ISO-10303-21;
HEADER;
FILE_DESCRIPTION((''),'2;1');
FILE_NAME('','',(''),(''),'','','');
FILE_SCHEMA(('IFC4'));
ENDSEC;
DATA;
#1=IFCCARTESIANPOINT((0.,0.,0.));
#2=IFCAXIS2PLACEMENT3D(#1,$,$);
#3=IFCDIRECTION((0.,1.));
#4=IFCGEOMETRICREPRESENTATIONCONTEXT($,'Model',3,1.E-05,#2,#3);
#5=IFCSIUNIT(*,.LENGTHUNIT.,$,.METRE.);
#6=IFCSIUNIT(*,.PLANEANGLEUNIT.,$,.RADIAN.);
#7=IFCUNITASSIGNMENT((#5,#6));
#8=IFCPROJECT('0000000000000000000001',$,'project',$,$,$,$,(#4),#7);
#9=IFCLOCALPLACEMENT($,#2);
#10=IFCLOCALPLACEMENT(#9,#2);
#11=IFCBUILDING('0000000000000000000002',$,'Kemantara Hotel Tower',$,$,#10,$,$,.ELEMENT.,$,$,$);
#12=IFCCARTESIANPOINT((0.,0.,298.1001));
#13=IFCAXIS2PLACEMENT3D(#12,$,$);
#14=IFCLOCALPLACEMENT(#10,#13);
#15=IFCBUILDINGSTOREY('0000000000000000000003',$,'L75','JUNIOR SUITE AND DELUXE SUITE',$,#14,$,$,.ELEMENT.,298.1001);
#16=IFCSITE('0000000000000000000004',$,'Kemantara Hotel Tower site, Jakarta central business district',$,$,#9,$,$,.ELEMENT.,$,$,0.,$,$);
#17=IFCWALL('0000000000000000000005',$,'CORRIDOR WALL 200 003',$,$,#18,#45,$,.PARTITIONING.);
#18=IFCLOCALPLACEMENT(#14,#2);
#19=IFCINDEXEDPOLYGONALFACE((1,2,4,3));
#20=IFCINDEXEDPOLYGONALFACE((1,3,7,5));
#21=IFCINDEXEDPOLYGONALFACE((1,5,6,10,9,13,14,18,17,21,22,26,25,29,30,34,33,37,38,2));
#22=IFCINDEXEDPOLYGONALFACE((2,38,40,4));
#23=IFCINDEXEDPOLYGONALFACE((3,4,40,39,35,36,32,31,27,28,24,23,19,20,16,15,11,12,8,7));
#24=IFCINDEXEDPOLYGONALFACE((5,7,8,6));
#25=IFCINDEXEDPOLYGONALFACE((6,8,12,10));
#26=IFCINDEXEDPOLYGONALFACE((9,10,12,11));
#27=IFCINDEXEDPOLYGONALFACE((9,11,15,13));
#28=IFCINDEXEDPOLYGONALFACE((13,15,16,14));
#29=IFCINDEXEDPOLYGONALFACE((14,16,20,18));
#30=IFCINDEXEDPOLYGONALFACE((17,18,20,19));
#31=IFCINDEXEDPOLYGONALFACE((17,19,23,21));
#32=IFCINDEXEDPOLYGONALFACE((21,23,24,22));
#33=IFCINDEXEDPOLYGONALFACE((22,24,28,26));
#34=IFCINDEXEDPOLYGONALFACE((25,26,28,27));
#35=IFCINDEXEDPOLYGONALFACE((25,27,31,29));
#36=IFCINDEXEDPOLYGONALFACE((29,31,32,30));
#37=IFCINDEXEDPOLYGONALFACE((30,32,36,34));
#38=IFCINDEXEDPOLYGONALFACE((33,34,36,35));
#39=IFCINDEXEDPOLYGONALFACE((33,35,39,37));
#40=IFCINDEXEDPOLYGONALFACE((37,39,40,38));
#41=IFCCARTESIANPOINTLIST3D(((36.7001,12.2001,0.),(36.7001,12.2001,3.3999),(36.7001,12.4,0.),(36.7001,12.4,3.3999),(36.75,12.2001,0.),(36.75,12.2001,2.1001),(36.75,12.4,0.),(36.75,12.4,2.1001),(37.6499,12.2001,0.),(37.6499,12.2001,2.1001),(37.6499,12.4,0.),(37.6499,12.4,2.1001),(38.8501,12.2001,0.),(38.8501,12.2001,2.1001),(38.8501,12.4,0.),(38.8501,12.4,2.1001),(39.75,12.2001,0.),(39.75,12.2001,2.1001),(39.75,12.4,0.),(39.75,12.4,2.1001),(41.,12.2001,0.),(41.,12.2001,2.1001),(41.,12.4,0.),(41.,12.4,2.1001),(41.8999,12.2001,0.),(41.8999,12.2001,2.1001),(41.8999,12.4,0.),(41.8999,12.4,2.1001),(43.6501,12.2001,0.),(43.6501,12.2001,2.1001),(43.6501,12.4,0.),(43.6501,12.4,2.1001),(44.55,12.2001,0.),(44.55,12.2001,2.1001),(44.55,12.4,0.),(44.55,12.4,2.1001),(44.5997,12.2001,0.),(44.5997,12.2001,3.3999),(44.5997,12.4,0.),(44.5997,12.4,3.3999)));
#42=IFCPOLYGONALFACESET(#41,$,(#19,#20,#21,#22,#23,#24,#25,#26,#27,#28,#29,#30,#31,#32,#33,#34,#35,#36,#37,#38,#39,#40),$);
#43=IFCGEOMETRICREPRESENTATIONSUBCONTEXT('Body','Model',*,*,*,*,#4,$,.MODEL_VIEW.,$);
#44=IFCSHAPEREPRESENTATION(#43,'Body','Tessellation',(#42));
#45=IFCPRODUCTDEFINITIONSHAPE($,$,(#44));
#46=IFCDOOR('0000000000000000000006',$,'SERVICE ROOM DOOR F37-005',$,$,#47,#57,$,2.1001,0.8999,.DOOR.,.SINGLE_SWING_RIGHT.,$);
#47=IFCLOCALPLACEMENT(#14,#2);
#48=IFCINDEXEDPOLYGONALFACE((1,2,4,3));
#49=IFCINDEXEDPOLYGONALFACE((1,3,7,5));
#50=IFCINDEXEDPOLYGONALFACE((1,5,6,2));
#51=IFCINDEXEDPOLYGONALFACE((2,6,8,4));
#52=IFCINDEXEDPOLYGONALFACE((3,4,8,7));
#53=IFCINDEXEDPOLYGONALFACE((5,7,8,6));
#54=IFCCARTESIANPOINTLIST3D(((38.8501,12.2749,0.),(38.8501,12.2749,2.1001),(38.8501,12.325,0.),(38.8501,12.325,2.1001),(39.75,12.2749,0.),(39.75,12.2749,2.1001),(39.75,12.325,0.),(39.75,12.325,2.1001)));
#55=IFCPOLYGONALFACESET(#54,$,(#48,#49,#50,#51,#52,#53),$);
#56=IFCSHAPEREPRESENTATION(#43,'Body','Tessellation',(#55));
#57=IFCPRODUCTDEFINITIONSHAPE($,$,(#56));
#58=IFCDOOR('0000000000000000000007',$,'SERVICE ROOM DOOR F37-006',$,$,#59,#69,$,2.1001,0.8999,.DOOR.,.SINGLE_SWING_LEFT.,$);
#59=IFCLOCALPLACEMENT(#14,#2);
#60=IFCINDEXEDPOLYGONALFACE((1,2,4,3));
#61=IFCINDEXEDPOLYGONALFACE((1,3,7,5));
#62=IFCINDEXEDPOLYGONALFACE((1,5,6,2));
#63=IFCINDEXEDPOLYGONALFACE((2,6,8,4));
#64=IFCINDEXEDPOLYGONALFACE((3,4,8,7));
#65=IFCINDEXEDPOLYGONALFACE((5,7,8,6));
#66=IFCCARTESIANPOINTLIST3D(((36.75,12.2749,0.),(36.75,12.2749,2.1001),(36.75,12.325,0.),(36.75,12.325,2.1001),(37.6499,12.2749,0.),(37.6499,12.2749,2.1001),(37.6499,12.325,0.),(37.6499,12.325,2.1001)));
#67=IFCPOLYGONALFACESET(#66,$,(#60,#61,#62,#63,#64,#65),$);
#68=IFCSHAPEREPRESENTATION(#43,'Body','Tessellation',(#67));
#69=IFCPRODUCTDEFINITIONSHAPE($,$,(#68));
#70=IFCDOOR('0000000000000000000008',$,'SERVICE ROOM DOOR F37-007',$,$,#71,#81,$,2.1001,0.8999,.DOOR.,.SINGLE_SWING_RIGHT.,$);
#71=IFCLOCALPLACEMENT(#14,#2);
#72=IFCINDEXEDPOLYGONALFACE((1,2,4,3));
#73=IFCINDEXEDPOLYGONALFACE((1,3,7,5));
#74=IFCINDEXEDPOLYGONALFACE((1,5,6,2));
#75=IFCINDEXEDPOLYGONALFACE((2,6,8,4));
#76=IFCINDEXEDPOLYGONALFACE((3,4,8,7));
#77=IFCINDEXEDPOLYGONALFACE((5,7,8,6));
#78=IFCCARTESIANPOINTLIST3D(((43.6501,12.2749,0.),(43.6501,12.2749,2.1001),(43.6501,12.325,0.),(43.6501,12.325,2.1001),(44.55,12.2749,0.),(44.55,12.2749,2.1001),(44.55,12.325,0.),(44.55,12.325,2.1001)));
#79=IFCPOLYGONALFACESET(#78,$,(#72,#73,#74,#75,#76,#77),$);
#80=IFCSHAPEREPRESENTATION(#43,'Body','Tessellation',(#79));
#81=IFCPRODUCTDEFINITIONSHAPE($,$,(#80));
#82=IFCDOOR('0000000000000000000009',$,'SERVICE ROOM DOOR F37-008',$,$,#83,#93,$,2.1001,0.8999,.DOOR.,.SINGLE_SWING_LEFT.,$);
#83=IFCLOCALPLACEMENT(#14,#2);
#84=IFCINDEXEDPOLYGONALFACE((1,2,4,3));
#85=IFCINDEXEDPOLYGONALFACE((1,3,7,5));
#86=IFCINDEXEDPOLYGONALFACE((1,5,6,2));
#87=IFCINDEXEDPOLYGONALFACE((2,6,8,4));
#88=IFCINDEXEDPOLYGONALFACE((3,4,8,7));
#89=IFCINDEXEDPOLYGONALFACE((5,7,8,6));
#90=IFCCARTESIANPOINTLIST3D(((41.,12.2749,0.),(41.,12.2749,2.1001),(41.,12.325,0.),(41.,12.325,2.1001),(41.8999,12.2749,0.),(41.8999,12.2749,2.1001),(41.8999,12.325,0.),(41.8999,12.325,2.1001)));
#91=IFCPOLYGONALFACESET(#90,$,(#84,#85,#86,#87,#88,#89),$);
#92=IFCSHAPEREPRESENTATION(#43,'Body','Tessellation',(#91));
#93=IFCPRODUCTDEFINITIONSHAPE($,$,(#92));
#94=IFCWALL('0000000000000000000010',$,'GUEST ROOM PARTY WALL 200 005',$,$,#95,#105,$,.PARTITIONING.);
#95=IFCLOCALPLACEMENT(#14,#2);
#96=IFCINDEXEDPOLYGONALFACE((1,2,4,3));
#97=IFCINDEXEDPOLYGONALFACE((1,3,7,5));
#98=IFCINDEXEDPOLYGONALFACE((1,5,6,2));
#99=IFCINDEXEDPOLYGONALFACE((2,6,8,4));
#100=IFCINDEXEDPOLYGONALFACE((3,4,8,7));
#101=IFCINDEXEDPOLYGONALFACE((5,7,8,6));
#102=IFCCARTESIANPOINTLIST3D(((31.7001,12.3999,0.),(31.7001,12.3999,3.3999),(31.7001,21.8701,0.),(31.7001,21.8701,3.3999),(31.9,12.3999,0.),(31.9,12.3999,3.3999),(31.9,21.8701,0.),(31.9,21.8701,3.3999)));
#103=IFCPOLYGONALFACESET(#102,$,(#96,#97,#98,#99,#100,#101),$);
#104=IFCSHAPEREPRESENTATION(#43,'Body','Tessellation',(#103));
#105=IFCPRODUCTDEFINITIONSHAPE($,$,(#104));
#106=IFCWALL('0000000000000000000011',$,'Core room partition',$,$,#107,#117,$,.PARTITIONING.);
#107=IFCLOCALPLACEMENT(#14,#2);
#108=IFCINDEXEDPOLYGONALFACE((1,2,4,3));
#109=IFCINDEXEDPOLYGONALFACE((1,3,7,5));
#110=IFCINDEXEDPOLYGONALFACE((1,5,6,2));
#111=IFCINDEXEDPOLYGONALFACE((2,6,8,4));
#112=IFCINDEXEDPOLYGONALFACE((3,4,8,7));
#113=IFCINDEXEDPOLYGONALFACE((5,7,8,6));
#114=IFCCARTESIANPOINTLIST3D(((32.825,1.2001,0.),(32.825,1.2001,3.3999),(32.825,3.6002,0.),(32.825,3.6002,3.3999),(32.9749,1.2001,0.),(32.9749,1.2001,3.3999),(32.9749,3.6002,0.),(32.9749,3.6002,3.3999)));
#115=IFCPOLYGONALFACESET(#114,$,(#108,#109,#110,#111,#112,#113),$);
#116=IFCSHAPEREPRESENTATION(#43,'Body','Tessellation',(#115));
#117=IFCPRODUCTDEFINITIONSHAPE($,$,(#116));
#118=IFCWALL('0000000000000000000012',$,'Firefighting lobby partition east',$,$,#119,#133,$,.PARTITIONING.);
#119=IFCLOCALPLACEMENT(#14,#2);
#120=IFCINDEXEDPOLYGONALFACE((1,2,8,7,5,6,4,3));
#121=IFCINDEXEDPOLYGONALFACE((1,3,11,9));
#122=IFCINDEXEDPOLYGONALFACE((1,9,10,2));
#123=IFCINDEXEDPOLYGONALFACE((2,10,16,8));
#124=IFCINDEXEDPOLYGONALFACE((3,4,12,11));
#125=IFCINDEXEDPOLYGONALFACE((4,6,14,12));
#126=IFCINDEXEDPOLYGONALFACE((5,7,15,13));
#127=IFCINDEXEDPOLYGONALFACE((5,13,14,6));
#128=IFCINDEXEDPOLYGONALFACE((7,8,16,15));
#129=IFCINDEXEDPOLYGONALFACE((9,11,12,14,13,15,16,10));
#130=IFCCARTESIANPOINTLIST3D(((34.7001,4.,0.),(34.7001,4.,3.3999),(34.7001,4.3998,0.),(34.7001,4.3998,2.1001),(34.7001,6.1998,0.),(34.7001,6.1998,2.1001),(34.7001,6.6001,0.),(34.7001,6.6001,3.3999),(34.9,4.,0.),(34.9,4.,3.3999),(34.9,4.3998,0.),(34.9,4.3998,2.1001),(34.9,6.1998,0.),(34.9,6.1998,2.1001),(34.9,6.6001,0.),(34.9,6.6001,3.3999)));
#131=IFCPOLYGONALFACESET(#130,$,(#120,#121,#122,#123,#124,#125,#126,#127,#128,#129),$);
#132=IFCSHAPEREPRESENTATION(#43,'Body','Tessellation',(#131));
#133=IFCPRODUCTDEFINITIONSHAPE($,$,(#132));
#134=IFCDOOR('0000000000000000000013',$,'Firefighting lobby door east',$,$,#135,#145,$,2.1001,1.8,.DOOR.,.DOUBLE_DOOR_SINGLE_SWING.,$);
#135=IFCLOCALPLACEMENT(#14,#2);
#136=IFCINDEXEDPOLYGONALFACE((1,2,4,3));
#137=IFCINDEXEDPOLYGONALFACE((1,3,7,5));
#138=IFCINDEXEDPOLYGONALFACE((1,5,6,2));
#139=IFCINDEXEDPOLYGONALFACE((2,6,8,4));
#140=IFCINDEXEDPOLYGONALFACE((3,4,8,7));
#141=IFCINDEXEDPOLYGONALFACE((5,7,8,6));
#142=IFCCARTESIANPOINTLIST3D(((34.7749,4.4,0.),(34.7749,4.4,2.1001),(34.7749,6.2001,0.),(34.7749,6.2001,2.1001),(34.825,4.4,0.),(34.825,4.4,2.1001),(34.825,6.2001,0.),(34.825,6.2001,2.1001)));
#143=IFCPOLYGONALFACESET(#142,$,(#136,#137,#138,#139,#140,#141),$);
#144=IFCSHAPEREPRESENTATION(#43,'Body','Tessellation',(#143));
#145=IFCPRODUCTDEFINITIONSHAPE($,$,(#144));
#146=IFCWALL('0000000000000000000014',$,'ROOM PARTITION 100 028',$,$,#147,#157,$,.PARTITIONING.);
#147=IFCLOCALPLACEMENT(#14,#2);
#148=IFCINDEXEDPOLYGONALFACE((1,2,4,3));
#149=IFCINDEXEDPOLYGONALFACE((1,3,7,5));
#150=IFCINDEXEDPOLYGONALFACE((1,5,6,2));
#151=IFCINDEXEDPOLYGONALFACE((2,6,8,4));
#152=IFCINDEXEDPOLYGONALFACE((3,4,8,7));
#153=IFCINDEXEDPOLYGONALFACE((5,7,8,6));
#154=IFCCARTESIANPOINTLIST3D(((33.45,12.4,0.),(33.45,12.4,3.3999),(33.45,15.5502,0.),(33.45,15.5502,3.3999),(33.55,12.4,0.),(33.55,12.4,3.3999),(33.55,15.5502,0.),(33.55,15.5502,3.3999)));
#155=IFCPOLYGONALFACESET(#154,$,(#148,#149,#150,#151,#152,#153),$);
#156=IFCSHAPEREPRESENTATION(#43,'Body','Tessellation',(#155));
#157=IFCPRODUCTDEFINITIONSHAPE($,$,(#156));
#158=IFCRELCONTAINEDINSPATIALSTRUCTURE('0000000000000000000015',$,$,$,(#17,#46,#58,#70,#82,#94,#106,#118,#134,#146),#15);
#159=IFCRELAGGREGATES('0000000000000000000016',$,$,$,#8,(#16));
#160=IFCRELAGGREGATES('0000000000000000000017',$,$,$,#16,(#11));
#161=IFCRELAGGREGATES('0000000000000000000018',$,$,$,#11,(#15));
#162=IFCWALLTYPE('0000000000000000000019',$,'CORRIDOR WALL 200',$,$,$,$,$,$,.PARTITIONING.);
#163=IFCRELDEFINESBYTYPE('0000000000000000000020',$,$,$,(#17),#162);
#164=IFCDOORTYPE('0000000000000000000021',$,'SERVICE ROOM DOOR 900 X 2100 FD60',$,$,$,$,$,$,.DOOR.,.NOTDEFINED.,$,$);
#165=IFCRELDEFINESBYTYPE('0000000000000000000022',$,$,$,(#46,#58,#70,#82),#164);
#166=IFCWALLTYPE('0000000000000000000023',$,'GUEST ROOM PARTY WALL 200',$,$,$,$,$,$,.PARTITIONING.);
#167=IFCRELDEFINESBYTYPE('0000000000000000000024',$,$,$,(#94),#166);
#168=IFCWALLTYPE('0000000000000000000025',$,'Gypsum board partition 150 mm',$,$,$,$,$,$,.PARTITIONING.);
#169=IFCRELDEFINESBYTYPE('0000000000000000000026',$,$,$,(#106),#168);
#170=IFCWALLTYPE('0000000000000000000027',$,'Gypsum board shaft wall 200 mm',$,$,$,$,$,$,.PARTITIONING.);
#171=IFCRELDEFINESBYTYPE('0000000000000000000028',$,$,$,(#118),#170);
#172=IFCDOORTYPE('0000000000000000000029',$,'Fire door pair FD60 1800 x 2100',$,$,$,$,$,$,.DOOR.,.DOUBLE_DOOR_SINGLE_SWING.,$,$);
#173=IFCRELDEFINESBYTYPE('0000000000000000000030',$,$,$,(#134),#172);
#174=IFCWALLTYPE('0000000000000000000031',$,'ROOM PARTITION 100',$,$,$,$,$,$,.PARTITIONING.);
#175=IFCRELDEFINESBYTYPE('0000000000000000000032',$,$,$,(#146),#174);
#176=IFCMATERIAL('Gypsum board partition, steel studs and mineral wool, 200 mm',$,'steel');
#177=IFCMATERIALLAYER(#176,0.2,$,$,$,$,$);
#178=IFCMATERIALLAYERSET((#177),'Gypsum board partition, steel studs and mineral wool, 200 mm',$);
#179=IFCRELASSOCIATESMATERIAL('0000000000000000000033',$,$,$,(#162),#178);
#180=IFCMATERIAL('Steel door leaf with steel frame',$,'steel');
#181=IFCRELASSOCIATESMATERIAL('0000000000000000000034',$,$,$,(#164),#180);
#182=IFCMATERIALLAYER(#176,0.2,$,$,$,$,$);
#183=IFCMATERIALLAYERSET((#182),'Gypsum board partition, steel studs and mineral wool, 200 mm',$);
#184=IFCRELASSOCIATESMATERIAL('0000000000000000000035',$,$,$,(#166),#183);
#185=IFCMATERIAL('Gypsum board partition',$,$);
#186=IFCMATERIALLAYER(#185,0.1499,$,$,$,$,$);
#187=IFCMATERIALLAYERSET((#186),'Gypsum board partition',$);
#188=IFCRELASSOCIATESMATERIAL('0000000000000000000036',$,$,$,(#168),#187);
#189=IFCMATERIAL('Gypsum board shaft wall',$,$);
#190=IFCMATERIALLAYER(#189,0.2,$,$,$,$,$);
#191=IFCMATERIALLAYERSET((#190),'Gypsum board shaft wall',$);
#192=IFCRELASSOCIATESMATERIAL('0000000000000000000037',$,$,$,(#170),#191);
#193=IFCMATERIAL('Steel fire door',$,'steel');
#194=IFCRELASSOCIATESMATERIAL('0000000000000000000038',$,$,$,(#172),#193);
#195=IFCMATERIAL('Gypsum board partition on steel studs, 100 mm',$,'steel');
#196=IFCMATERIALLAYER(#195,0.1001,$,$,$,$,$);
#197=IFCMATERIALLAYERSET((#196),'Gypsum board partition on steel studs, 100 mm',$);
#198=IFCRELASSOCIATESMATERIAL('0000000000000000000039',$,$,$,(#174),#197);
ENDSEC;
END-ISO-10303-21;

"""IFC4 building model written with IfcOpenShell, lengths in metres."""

from ifc_helpers import new_model, si_unit, direction, frame, frame_2d, origin, place, context, subcontext, project, spatial, rectangle, extrude, material, layer, layer_set, type_object, element, fill, save


model = new_model("IFC4")

# Units and contexts
model_context = context("Model", 3, precision=1e-05, world=origin(), true_north=direction((0.0, 1.0)))
body_context = subcontext(model_context, "Body", "Model", "MODEL_VIEW")
ifc_project = project(units=[si_unit("LENGTHUNIT", "METRE"), si_unit("PLANEANGLEUNIT", "RADIAN")], contexts=[model_context])

# Site, building, storey
site_placement = place(None, origin())
site = spatial("IfcSite", under=ifc_project, at=site_placement, Name="Kemantara Hotel Tower site, Jakarta central business district", CompositionType="ELEMENT", RefElevation=0.0)
building_placement = place(site_placement, origin())
building = spatial("IfcBuilding", under=site, at=building_placement, Name="Kemantara Hotel Tower", CompositionType="ELEMENT")
storey_placement = place(building_placement, frame((0.0, 0.0, 298.1001)))
storey = spatial("IfcBuildingStorey", under=building, at=storey_placement, Name="L75", Description="JUNIOR SUITE AND DELUXE SUITE", CompositionType="ELEMENT", Elevation=298.1001)

# Shared definitions
ifc_material_1 = material(Name="Steel fire door", Category="steel")

# Wall, openings, doors
ifc_material_2 = material(Name="Gypsum board partition, steel studs and mineral wool, 200 mm", Category="steel")
ifc_layer_1 = layer(ifc_material_2, 0.2)
ifc_layer_set_1 = layer_set([ifc_layer_1], Name="Gypsum board partition, steel studs and mineral wool, 200 mm")
wall_type_1 = type_object("IfcWallType", Name="CORRIDOR WALL 200", PredefinedType="PARTITIONING", material=ifc_layer_set_1)
wall_1_placement = place(storey_placement, frame((36.7002, 12.3, 0.0), z_axis=(0.0, 0.0, 1.0), x_axis=(1.0, 0.0, 0.0)))
wall_1 = element("IfcWall", 1, at=wall_1_placement, inside=storey, type_object=wall_type_1, Name="CORRIDOR WALL 200 003", PredefinedType="PARTITIONING", context=body_context, shape_type="SweptSolid", body=[
    extrude(rectangle(XDim=7.8997, YDim=0.2, at=frame_2d((3.9497, 0.0))), origin(), (0.0, 0.0, 1.0), 3.3999),
])
opening_1_placement = place(wall_1_placement, frame((2.1499, 0.0, 0.0)))
opening_1 = element("IfcOpeningElement", 2, at=opening_1_placement, cuts=wall_1, PredefinedType="OPENING", context=body_context, shape_type="SweptSolid", body=[
    extrude(rectangle(XDim=0.8999, YDim=2.1001, at=frame_2d((0.45, 1.05))), frame((0.0, 0.1099, 0.0), z_axis=(0.0, -1.0, 0.0), x_axis=(1.0, 0.0, 0.0)), (0.0, 0.0, 1.0), 0.22),
])
opening_2_placement = place(wall_1_placement, frame((0.0498, 0.0, 0.0)))
opening_2 = element("IfcOpeningElement", 3, at=opening_2_placement, cuts=wall_1, PredefinedType="OPENING", context=body_context, shape_type="SweptSolid", body=[
    extrude(rectangle(XDim=0.8999, YDim=2.1001, at=frame_2d((0.45, 1.05))), frame((0.0, 0.1099, 0.0), z_axis=(0.0, -1.0, 0.0), x_axis=(1.0, 0.0, 0.0)), (0.0, 0.0, 1.0), 0.22),
])
opening_3_placement = place(wall_1_placement, frame((6.95, 0.0, 0.0)))
opening_3 = element("IfcOpeningElement", 4, at=opening_3_placement, cuts=wall_1, PredefinedType="OPENING", context=body_context, shape_type="SweptSolid", body=[
    extrude(rectangle(XDim=0.8999, YDim=2.1001, at=frame_2d((0.45, 1.05))), frame((0.0, 0.1099, 0.0), z_axis=(0.0, -1.0, 0.0), x_axis=(1.0, 0.0, 0.0)), (0.0, 0.0, 1.0), 0.22),
])
opening_4_placement = place(wall_1_placement, frame((4.2998, 0.0, 0.0)))
opening_4 = element("IfcOpeningElement", 5, at=opening_4_placement, cuts=wall_1, PredefinedType="OPENING", context=body_context, shape_type="SweptSolid", body=[
    extrude(rectangle(XDim=0.8999, YDim=2.1001, at=frame_2d((0.45, 1.05))), frame((0.0, 0.1099, 0.0), z_axis=(0.0, -1.0, 0.0), x_axis=(1.0, 0.0, 0.0)), (0.0, 0.0, 1.0), 0.22),
])
ifc_material_3 = material(Name="Steel door leaf with steel frame", Category="steel")
door_type_1 = type_object("IfcDoorType", Name="SERVICE ROOM DOOR 900 X 2100 FD60", OperationType="NOTDEFINED", PredefinedType="DOOR", material=ifc_material_3)
door_1_placement = place(opening_1_placement, origin())
door_1 = element("IfcDoor", 6, at=door_1_placement, inside=storey, type_object=door_type_1, Name="SERVICE ROOM DOOR F37-005", OperationType="SINGLE_SWING_RIGHT", OverallHeight=2.1001, OverallWidth=0.8999, PredefinedType="DOOR", context=body_context, shape_type="SweptSolid", body=[
    extrude(rectangle(XDim=0.8999, YDim=2.1001, at=frame_2d((0.45, 1.05))), frame((0.0, 0.0249, 0.0), z_axis=(0.0, -1.0, 0.0), x_axis=(1.0, 0.0, 0.0)), (0.0, 0.0, 1.0), 0.05),
])
fill(opening_1, door_1)
door_2_placement = place(opening_2_placement, origin())
door_2 = element("IfcDoor", 7, at=door_2_placement, inside=storey, type_object=door_type_1, Name="SERVICE ROOM DOOR F37-006", OperationType="SINGLE_SWING_LEFT", OverallHeight=2.1001, OverallWidth=0.8999, PredefinedType="DOOR", context=body_context, shape_type="SweptSolid", body=[
    extrude(rectangle(XDim=0.8999, YDim=2.1001, at=frame_2d((0.45, 1.05))), frame((0.0, 0.0249, 0.0), z_axis=(0.0, -1.0, 0.0), x_axis=(1.0, 0.0, 0.0)), (0.0, 0.0, 1.0), 0.05),
])
fill(opening_2, door_2)
door_3_placement = place(opening_3_placement, origin())
door_3 = element("IfcDoor", 8, at=door_3_placement, inside=storey, type_object=door_type_1, Name="SERVICE ROOM DOOR F37-007", OperationType="SINGLE_SWING_RIGHT", OverallHeight=2.1001, OverallWidth=0.8999, PredefinedType="DOOR", context=body_context, shape_type="SweptSolid", body=[
    extrude(rectangle(XDim=0.8999, YDim=2.1001, at=frame_2d((0.45, 1.05))), frame((0.0, 0.0249, 0.0), z_axis=(0.0, -1.0, 0.0), x_axis=(1.0, 0.0, 0.0)), (0.0, 0.0, 1.0), 0.05),
])
fill(opening_3, door_3)
door_4_placement = place(opening_4_placement, origin())
door_4 = element("IfcDoor", 9, at=door_4_placement, inside=storey, type_object=door_type_1, Name="SERVICE ROOM DOOR F37-008", OperationType="SINGLE_SWING_LEFT", OverallHeight=2.1001, OverallWidth=0.8999, PredefinedType="DOOR", context=body_context, shape_type="SweptSolid", body=[
    extrude(rectangle(XDim=0.8999, YDim=2.1001, at=frame_2d((0.45, 1.05))), frame((0.0, 0.0249, 0.0), z_axis=(0.0, -1.0, 0.0), x_axis=(1.0, 0.0, 0.0)), (0.0, 0.0, 1.0), 0.05),
])
fill(opening_4, door_4)

# Walls
ifc_layer_2 = layer(ifc_material_2, 0.2)
ifc_layer_set_2 = layer_set([ifc_layer_2], Name="Gypsum board partition, steel studs and mineral wool, 200 mm")
wall_type_2 = type_object("IfcWallType", Name="GUEST ROOM PARTY WALL 200", PredefinedType="PARTITIONING", material=ifc_layer_set_2)
wall_2_placement = place(storey_placement, frame((31.8, 12.3999, 0.0), z_axis=(0.0, 0.0, 1.0), x_axis=(0.0, 1.0, 0.0)))
element("IfcWall", 10, at=wall_2_placement, inside=storey, type_object=wall_type_2, Name="GUEST ROOM PARTY WALL 200 005", PredefinedType="PARTITIONING", context=body_context, shape_type="SweptSolid", body=[
    extrude(rectangle(XDim=9.4702, YDim=0.2, at=frame_2d((4.7351, 0.0))), origin(), (0.0, 0.0, 1.0), 3.3999),
])
ifc_material_4 = material(Name="Gypsum board partition")
ifc_layer_3 = layer(ifc_material_4, 0.1499)
ifc_layer_set_3 = layer_set([ifc_layer_3], Name="Gypsum board partition")
wall_type_3 = type_object("IfcWallType", Name="Gypsum board partition 150 mm", PredefinedType="PARTITIONING", material=ifc_layer_set_3)
wall_3_placement = place(storey_placement, frame((32.8999, 1.2, 0.0), z_axis=(0.0, 0.0, 1.0), x_axis=(0.0, 1.0, 0.0)))
element("IfcWall", 11, at=wall_3_placement, inside=storey, type_object=wall_type_3, Name="Core room partition", PredefinedType="PARTITIONING", context=body_context, shape_type="SweptSolid", body=[
    extrude(rectangle(XDim=2.4001, YDim=0.1499, at=frame_2d((1.2002, 0.0))), origin(), (0.0, 0.0, 1.0), 3.3999),
])

# Wall, opening, door
ifc_material_5 = material(Name="Gypsum board shaft wall")
ifc_layer_4 = layer(ifc_material_5, 0.2)
ifc_layer_set_4 = layer_set([ifc_layer_4], Name="Gypsum board shaft wall")
wall_type_4 = type_object("IfcWallType", Name="Gypsum board shaft wall 200 mm", PredefinedType="PARTITIONING", material=ifc_layer_set_4)
wall_4_placement = place(storey_placement, frame((34.8, 4.0, 0.0), z_axis=(0.0, 0.0, 1.0), x_axis=(0.0, 1.0, 0.0)))
wall_4 = element("IfcWall", 12, at=wall_4_placement, inside=storey, type_object=wall_type_4, Name="Firefighting lobby partition east", PredefinedType="PARTITIONING", context=body_context, shape_type="SweptSolid", body=[
    extrude(rectangle(XDim=2.6001, YDim=0.2, at=frame_2d((1.3, 0.0))), origin(), (0.0, 0.0, 1.0), 3.3999),
])
opening_5_placement = place(wall_4_placement, frame((0.3999, 0.0, 0.0)))
opening_5 = element("IfcOpeningElement", 13, at=opening_5_placement, cuts=wall_4, PredefinedType="OPENING", context=body_context, shape_type="SweptSolid", body=[
    extrude(rectangle(XDim=1.8, YDim=2.1001, at=frame_2d((0.8999, 1.05))), frame((0.0, 0.1099, 0.0), z_axis=(0.0, -1.0, 0.0), x_axis=(1.0, 0.0, 0.0)), (0.0, 0.0, 1.0), 0.22),
])
door_type_2 = type_object("IfcDoorType", Name="Fire door pair FD60 1800 x 2100", OperationType="DOUBLE_DOOR_SINGLE_SWING", PredefinedType="DOOR", material=ifc_material_1)
door_5_placement = place(opening_5_placement, frame((1.8, 0.0, 0.0), z_axis=(0.0, 0.0, 1.0), x_axis=(-1.0, 0.0, 0.0)))
door_5 = element("IfcDoor", 14, at=door_5_placement, inside=storey, type_object=door_type_2, Name="Firefighting lobby door east", OperationType="DOUBLE_DOOR_SINGLE_SWING", OverallHeight=2.1001, OverallWidth=1.8, PredefinedType="DOOR", context=body_context, shape_type="SweptSolid", body=[
    extrude(rectangle(XDim=1.8, YDim=2.1001, at=frame_2d((0.8999, 1.05))), frame((0.0, 0.0249, 0.0), z_axis=(0.0, -1.0, 0.0), x_axis=(1.0, 0.0, 0.0)), (0.0, 0.0, 1.0), 0.05),
])
fill(opening_5, door_5)

# Wall
ifc_material_6 = material(Name="Gypsum board partition on steel studs, 100 mm", Category="steel")
ifc_layer_5 = layer(ifc_material_6, 0.1001)
ifc_layer_set_5 = layer_set([ifc_layer_5], Name="Gypsum board partition on steel studs, 100 mm")
wall_type_5 = type_object("IfcWallType", Name="ROOM PARTITION 100", PredefinedType="PARTITIONING", material=ifc_layer_set_5)
wall_5_placement = place(storey_placement, frame((33.5, 12.3999, 0.0), z_axis=(0.0, 0.0, 1.0), x_axis=(0.0, 1.0, 0.0)))
element("IfcWall", 15, at=wall_5_placement, inside=storey, type_object=wall_type_5, Name="ROOM PARTITION 100 028", PredefinedType="PARTITIONING", context=body_context, shape_type="SweptSolid", body=[
    extrude(rectangle(XDim=3.1501, YDim=0.1001, at=frame_2d((1.5752, 0.0))), origin(), (0.0, 0.0, 1.0), 3.3999),
])

save(model, "model.ifc")
